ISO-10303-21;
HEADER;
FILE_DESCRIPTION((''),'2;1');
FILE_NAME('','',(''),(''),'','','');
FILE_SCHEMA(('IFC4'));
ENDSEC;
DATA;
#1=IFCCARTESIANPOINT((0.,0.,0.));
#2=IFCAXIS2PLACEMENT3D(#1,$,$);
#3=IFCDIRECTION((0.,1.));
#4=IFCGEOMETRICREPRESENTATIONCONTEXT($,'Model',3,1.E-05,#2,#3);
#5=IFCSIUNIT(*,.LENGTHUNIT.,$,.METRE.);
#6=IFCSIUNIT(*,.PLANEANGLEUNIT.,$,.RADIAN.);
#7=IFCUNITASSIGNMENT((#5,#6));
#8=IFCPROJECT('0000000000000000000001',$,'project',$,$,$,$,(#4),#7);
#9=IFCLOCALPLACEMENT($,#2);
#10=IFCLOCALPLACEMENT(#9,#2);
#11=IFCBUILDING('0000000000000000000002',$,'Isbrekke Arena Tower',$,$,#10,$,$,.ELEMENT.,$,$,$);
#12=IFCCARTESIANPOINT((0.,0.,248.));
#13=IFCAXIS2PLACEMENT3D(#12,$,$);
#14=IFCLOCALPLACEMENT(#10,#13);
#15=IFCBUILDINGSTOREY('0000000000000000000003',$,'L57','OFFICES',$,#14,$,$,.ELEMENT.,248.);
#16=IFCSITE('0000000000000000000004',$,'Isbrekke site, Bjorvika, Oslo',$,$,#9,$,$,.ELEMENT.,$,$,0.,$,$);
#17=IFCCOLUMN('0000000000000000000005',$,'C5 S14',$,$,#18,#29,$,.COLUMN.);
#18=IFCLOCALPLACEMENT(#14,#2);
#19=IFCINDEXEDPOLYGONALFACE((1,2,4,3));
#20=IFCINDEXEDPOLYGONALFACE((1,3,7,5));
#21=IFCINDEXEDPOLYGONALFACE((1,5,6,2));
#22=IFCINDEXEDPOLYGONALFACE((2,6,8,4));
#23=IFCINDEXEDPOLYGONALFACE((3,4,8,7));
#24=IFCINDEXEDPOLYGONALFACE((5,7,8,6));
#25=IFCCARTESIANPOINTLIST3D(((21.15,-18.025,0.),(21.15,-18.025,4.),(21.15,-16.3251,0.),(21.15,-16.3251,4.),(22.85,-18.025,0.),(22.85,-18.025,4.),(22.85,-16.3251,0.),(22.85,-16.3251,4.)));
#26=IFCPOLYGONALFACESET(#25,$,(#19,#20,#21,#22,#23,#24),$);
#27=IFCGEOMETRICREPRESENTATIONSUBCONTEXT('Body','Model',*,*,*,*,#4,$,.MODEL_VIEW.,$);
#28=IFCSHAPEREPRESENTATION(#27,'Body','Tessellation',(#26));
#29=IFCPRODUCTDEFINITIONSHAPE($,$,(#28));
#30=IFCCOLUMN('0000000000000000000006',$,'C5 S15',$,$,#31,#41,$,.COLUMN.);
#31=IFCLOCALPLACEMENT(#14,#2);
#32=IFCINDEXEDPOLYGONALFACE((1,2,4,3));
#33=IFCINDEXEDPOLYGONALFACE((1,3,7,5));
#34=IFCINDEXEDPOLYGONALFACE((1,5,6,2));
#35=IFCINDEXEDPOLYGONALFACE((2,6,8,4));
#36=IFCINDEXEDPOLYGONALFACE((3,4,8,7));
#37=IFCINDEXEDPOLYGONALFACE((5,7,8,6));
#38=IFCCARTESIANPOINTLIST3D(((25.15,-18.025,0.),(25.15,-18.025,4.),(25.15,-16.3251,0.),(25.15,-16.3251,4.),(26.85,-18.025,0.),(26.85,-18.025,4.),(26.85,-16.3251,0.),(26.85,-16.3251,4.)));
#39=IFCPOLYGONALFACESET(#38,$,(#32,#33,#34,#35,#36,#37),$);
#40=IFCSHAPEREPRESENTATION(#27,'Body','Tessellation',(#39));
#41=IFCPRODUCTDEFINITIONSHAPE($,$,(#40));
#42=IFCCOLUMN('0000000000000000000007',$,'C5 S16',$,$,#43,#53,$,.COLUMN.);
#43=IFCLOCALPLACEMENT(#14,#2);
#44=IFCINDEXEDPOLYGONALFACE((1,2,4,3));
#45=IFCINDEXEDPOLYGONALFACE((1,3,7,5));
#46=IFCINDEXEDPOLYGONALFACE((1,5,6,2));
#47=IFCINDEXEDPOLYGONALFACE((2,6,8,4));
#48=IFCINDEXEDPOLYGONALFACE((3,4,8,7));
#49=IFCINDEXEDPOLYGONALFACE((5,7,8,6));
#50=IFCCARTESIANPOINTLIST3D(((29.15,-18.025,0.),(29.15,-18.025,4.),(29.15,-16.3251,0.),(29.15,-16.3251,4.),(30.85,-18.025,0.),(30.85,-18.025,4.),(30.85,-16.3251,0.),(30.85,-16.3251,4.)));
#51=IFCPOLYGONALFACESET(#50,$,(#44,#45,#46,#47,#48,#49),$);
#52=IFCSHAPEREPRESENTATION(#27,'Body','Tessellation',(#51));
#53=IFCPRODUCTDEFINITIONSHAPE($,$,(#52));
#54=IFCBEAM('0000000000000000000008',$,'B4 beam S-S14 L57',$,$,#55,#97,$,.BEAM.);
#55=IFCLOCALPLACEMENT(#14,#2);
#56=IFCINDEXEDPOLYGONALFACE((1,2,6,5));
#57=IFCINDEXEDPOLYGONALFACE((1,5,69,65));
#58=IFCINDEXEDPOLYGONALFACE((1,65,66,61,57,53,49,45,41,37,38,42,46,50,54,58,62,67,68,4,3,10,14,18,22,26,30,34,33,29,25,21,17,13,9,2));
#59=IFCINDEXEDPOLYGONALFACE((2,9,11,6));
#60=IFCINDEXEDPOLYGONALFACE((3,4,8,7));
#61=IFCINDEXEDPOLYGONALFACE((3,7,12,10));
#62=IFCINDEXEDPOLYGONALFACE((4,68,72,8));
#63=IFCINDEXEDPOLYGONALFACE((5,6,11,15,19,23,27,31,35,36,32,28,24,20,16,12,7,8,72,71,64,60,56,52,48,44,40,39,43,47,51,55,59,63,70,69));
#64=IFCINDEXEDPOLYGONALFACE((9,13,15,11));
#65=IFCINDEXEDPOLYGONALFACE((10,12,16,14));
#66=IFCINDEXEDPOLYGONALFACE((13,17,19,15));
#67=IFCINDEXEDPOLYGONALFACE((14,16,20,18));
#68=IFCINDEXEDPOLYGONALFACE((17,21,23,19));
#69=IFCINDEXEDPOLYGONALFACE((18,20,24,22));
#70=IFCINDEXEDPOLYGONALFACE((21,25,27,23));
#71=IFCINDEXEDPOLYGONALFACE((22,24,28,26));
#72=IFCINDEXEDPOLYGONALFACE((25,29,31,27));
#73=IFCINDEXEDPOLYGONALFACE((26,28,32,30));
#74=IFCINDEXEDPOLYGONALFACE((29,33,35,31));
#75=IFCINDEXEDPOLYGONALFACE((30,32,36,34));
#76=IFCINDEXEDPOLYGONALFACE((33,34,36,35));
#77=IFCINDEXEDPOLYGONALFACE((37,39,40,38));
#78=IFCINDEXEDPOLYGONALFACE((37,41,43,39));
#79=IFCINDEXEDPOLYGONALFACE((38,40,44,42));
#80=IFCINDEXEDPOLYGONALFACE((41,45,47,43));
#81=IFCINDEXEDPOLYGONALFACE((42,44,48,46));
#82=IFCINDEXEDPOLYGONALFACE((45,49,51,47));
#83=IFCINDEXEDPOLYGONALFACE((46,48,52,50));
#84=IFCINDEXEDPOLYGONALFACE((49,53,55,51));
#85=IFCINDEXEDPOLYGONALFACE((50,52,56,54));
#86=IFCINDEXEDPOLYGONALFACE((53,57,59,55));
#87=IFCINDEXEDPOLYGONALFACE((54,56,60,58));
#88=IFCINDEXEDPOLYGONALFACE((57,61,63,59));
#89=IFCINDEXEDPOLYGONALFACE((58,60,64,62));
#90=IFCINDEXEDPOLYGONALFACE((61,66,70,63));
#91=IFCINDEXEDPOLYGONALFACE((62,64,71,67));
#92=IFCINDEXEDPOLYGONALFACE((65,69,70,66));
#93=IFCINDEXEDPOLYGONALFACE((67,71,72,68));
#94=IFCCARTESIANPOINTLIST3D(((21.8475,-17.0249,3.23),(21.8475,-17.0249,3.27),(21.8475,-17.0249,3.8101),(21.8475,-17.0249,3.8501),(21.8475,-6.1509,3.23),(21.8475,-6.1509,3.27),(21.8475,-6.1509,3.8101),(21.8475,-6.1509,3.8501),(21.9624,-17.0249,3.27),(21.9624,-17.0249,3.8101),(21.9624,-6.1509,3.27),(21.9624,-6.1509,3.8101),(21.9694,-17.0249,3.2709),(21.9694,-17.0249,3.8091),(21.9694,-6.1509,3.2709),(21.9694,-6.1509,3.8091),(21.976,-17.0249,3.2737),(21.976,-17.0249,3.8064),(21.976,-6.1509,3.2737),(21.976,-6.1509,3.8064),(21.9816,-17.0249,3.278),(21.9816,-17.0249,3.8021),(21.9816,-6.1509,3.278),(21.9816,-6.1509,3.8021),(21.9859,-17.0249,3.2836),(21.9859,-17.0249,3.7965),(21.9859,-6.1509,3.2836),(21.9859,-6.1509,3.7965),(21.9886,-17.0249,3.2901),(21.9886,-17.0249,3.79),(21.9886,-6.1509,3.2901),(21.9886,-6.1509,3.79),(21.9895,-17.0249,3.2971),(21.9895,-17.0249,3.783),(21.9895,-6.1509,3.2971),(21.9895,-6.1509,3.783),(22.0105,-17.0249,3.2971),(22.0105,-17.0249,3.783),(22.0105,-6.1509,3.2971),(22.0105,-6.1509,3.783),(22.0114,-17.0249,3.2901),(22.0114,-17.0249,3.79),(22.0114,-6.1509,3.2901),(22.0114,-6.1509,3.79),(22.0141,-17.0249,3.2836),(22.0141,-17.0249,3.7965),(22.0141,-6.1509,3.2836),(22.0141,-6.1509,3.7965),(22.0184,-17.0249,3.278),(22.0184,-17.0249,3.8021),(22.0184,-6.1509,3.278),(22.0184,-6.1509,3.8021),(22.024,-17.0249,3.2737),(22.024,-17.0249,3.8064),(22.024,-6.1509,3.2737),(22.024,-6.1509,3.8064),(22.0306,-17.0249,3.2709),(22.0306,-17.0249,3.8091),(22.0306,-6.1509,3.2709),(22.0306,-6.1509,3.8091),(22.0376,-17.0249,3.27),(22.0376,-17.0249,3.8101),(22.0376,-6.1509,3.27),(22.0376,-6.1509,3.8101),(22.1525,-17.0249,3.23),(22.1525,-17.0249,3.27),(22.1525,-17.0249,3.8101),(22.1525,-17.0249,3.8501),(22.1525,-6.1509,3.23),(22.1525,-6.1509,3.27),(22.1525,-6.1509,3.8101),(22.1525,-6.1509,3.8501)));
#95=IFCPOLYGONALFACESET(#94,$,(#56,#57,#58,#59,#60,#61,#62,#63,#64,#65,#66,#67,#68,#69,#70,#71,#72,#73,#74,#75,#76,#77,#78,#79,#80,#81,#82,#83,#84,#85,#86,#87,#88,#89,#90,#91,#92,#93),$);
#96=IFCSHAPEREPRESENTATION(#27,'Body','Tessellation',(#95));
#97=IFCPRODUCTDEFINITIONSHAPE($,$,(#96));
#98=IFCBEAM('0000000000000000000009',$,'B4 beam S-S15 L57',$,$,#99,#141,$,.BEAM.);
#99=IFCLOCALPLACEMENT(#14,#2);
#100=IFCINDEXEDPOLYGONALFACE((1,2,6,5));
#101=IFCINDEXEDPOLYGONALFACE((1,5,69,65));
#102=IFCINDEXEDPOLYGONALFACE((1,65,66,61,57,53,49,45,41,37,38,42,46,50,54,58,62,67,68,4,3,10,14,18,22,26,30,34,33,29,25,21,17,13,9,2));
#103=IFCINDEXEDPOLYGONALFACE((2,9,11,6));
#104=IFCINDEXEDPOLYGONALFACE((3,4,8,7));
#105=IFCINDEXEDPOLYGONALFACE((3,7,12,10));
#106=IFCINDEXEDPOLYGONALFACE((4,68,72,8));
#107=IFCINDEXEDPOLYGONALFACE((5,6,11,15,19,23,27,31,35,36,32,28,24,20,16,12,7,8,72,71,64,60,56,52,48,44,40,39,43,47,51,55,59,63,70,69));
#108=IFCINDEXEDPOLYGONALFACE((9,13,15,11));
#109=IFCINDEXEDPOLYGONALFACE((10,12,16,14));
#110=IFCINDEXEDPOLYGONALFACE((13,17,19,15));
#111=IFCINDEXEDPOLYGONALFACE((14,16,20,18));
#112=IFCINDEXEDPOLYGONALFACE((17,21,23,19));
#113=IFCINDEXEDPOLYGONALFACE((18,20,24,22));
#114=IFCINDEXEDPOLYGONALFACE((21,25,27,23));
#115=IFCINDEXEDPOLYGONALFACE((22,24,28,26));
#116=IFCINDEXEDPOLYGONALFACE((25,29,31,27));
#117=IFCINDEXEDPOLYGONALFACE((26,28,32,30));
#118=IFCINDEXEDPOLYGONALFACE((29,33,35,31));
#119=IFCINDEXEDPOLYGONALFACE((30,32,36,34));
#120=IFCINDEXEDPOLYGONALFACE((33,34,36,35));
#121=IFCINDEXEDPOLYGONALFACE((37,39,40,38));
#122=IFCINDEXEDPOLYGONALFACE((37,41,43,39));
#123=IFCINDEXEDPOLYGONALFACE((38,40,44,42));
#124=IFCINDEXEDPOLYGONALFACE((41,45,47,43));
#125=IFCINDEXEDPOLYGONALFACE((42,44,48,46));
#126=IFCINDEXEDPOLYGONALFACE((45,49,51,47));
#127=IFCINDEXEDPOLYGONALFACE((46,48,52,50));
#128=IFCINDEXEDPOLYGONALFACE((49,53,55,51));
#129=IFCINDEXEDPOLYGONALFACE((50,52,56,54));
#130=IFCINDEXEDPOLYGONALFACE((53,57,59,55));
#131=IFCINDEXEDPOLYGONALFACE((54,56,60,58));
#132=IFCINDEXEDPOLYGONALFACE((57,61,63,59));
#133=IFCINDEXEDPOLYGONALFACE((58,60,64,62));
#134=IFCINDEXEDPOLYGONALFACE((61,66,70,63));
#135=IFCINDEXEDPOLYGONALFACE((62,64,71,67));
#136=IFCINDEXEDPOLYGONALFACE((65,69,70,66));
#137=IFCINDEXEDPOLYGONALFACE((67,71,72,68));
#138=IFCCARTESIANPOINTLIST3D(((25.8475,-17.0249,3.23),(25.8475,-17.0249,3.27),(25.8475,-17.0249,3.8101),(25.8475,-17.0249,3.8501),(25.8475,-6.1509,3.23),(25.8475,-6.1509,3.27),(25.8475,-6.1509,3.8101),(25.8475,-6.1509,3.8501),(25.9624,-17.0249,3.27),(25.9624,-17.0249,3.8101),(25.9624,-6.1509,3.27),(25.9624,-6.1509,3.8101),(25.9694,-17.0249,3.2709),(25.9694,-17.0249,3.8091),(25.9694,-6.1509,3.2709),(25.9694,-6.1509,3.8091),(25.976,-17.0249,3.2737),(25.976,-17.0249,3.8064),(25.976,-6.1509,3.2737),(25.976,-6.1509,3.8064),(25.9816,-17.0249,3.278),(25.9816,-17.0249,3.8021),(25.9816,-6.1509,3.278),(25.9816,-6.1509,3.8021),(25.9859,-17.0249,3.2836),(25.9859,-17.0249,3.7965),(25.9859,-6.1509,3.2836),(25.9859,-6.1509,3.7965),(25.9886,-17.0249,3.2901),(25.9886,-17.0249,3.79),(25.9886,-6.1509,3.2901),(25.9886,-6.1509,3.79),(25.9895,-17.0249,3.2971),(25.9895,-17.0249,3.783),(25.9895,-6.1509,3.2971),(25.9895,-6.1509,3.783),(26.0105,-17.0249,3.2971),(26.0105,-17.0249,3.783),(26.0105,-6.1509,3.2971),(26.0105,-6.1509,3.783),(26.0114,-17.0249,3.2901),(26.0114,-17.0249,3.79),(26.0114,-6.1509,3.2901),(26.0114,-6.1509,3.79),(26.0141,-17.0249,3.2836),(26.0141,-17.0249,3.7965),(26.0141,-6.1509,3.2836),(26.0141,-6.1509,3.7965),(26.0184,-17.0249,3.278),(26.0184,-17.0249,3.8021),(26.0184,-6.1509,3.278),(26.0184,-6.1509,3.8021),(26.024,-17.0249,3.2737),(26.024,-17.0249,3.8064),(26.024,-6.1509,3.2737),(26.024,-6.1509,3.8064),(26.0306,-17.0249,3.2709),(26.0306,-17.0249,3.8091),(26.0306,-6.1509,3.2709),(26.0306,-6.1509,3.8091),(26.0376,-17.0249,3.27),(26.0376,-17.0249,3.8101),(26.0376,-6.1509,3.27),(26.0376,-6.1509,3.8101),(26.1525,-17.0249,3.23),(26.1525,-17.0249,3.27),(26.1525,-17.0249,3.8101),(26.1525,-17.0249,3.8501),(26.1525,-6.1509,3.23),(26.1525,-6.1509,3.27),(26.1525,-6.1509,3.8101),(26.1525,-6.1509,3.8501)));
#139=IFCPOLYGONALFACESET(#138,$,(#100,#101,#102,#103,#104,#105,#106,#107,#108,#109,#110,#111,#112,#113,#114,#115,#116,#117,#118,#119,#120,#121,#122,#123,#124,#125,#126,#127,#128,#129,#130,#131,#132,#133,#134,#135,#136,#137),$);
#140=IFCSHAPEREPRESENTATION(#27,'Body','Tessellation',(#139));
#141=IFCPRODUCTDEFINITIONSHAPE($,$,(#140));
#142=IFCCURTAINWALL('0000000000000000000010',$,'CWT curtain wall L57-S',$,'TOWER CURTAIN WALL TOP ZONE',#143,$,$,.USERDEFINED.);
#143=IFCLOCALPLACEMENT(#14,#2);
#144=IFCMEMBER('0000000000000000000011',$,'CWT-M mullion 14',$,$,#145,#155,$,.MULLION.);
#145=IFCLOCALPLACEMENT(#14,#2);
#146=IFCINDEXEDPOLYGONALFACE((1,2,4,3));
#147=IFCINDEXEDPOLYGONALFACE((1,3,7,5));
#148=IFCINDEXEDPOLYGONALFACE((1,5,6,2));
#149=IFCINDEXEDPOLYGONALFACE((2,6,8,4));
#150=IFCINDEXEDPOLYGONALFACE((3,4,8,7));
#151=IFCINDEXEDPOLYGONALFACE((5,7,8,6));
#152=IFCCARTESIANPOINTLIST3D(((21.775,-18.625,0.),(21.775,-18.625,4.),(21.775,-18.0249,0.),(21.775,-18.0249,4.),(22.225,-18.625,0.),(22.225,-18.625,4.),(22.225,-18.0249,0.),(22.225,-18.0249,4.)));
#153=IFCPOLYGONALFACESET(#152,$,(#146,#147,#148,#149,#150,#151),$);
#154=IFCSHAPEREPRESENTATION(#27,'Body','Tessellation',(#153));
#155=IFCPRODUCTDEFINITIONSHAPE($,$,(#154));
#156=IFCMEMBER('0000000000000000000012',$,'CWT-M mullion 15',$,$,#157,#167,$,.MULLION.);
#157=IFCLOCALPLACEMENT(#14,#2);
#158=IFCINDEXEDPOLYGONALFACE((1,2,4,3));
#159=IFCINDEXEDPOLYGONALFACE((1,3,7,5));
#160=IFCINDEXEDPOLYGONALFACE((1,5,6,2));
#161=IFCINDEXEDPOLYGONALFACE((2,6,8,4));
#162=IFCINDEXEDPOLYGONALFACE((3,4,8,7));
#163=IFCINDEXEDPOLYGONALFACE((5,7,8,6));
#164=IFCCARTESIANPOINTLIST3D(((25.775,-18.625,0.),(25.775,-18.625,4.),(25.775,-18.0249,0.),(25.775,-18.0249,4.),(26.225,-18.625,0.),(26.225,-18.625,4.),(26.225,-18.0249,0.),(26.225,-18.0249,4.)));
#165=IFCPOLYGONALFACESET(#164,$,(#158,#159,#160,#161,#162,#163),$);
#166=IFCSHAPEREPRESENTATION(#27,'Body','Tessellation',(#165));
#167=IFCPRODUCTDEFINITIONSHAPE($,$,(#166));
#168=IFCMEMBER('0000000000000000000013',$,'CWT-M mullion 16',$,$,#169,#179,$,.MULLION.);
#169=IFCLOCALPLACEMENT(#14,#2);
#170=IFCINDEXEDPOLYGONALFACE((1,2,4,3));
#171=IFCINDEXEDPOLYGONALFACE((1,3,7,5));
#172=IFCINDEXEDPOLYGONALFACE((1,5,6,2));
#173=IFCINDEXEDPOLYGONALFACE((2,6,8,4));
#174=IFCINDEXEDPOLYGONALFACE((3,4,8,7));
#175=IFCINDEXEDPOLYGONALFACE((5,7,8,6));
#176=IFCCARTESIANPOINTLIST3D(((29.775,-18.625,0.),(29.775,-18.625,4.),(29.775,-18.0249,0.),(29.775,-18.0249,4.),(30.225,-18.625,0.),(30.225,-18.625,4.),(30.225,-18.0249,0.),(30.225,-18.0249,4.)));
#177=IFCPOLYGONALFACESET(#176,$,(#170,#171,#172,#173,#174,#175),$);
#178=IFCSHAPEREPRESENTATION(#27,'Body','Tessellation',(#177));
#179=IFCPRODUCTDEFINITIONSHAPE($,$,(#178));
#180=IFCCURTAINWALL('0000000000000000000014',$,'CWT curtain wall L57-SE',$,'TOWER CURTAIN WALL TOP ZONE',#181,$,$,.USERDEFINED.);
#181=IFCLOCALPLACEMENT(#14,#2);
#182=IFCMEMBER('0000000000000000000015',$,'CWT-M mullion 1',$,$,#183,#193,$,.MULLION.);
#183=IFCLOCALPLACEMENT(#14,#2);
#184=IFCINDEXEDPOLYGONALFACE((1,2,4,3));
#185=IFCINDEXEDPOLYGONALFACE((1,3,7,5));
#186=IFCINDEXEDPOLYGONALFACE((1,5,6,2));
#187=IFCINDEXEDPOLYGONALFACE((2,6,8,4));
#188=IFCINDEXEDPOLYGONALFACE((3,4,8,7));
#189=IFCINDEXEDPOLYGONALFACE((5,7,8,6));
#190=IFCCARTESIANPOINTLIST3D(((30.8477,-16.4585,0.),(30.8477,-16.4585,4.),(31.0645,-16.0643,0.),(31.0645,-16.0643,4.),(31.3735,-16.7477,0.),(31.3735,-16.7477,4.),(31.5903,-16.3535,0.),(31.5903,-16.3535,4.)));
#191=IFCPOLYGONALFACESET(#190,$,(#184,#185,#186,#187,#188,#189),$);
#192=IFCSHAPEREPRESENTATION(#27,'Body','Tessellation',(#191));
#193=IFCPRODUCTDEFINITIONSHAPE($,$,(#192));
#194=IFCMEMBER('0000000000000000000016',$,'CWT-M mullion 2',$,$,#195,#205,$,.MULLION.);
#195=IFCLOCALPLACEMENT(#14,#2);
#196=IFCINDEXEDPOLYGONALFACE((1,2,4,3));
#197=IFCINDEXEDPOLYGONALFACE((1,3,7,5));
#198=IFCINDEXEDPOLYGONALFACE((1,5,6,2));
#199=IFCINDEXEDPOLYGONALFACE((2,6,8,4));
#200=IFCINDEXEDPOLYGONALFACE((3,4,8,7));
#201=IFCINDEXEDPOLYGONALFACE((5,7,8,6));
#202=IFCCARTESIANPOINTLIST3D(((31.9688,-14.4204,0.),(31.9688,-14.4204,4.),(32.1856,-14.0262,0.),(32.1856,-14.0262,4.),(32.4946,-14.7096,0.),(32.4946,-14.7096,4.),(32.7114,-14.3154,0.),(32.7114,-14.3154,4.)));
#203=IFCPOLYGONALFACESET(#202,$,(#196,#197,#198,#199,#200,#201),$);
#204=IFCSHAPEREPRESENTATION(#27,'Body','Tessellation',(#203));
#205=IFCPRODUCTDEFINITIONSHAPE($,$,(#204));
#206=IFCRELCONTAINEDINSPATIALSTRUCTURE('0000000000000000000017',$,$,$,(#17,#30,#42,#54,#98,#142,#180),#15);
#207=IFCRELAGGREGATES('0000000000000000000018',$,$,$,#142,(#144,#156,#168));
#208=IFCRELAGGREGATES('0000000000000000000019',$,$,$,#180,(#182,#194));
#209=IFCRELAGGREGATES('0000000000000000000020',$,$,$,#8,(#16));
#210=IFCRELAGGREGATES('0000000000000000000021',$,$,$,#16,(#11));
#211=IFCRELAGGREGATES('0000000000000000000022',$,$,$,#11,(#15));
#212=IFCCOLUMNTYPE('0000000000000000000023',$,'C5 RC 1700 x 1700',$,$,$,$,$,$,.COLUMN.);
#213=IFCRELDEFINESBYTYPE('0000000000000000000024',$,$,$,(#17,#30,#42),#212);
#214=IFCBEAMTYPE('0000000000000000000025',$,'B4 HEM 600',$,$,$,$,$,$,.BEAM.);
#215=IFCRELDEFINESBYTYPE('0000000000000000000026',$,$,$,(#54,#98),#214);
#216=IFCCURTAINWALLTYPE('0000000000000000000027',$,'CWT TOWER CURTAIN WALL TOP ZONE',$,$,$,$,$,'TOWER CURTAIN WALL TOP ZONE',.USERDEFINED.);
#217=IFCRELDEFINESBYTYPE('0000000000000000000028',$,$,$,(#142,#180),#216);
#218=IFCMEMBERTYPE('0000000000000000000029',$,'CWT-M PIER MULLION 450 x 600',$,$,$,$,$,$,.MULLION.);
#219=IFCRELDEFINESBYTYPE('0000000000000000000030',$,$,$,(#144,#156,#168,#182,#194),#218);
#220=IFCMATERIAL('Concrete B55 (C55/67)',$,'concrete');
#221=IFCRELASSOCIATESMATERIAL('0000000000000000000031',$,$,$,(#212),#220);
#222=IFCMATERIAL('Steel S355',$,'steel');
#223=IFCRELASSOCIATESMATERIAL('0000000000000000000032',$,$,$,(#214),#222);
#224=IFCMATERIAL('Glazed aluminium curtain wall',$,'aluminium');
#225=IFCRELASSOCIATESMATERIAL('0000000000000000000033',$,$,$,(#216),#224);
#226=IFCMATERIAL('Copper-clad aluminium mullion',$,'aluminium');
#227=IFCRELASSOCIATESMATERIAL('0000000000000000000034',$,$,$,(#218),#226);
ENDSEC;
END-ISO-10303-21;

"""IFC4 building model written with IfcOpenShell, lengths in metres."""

from ifc_helpers import new_model, si_unit, direction, frame, origin, origin_2d, place, context, subcontext, project, spatial, rectangle, i_section, extrude, material, material_profile, profile_set, type_object, element, aggregate, save


model = new_model("IFC4")

# Units and contexts
model_context = context("Model", 3, precision=1e-05, world=origin(), true_north=direction((0.0, 1.0)))
body_context = subcontext(model_context, "Body", "Model", "MODEL_VIEW")
ifc_project = project(units=[si_unit("LENGTHUNIT", "METRE"), si_unit("PLANEANGLEUNIT", "RADIAN")], contexts=[model_context])

# Site, building, storey
site_placement = place(None, origin())
site = spatial("IfcSite", under=ifc_project, at=site_placement, Name="Isbrekke site, Bjorvika, Oslo", CompositionType="ELEMENT", RefElevation=0.0)
building_placement = place(site_placement, origin())
building = spatial("IfcBuilding", under=site, at=building_placement, Name="Isbrekke Arena Tower", CompositionType="ELEMENT")
storey_placement = place(building_placement, frame((0.0, 0.0, 248.0)))
storey = spatial("IfcBuildingStorey", under=building, at=storey_placement, Name="L57", Description="OFFICES", CompositionType="ELEMENT", Elevation=248.0)

# Columns
ifc_material_1 = material(Name="Concrete B55 (C55/67)", Category="concrete")
ifc_material_profile_1 = material_profile(ifc_material_1, rectangle(XDim=1.7, YDim=1.7, at=origin_2d()), Name="RC 1700x1700")
ifc_profile_set_1 = profile_set([ifc_material_profile_1], Name="Concrete B55 (C55/67)")
column_type = type_object("IfcColumnType", Name="C5 RC 1700 x 1700", PredefinedType="COLUMN", material=ifc_profile_set_1)
for number, where, z_axis, x_axis, name in (
    (1, (22.0, -17.175, 0.0), (0.0, 0.0, 1.0), (1.0, 0.0, 0.0), "C5 S14"),
    (2, (26.0, -17.175, 0.0), (0.0, 0.0, 1.0), (1.0, 0.0, 0.0), "C5 S15"),
    (3, (30.0, -17.175, 0.0), (0.0, 0.0, 1.0), (1.0, 0.0, 0.0), "C5 S16"),
):
    element("IfcColumn", number, at=place(storey_placement, frame(where, z_axis=z_axis, x_axis=x_axis)), inside=storey, type_object=column_type, Name=name, PredefinedType="COLUMN", context=body_context, shape_type="SweptSolid", body=[
        extrude(rectangle(XDim=1.7, YDim=1.7, at=origin_2d()), origin(), (0.0, 0.0, 1.0), 4.0),
    ])

# Beams
ifc_material_2 = material(Name="Steel S355", Category="steel")
ifc_material_profile_2 = material_profile(ifc_material_2, i_section(OverallWidth=0.3049, OverallDepth=0.6201, WebThickness=0.021, FlangeThickness=0.04, FilletRadius=0.0271, at=origin_2d()), Name="HEM 600")
ifc_profile_set_2 = profile_set([ifc_material_profile_2], Name="Steel S355")
beam_type_1 = type_object("IfcBeamType", Name="B4 HEM 600", PredefinedType="BEAM", material=ifc_profile_set_2)
for number, where, z_axis, x_axis, name in (
    (4, (22.0, -17.0249, 3.54), (0.0, 1.0, 0.0), (-1.0, 0.0, 0.0), "B4 beam S-S14 L57"),
    (5, (26.0, -17.0249, 3.54), (0.0, 1.0, 0.0), (-1.0, 0.0, 0.0), "B4 beam S-S15 L57"),
):
    element("IfcBeam", number, at=place(storey_placement, frame(where, z_axis=z_axis, x_axis=x_axis)), inside=storey, type_object=beam_type_1, Name=name, PredefinedType="BEAM", context=body_context, shape_type="SweptSolid", body=[
        extrude(i_section(OverallWidth=0.3049, OverallDepth=0.6201, WebThickness=0.021, FlangeThickness=0.04, FilletRadius=0.0271, at=origin_2d()), origin(), (0.0, 0.0, 1.0), 10.874),
    ])

# Curtain walls, members
ifc_material_3 = material(Name="Glazed aluminium curtain wall", Category="aluminium")
curtain_wall_type = type_object("IfcCurtainWallType", Name="CWT TOWER CURTAIN WALL TOP ZONE", ElementType="TOWER CURTAIN WALL TOP ZONE", PredefinedType="USERDEFINED", material=ifc_material_3)
curtain_wall_1_placement = place(storey_placement, origin())
curtain_wall_1 = element("IfcCurtainWall", 6, at=curtain_wall_1_placement, inside=storey, type_object=curtain_wall_type, Name="CWT curtain wall L57-S", ObjectType="TOWER CURTAIN WALL TOP ZONE", PredefinedType="USERDEFINED")
ifc_material_4 = material(Name="Copper-clad aluminium mullion", Category="aluminium")
ifc_material_profile_3 = material_profile(ifc_material_4, rectangle(XDim=0.45, YDim=0.6001, at=origin_2d()), Name="PIER 450X600")
ifc_profile_set_3 = profile_set([ifc_material_profile_3], Name="Copper-clad aluminium mullion")
member_type_1 = type_object("IfcMemberType", Name="CWT-M PIER MULLION 450 x 600", PredefinedType="MULLION", material=ifc_profile_set_3)
member_1_placement = place(storey_placement, frame((22.0, -18.325, 0.0), z_axis=(0.0, 0.0, 1.0), x_axis=(1.0, 0.0, 0.0)))
member_1 = element("IfcMember", 7, at=member_1_placement, type_object=member_type_1, Name="CWT-M mullion 14", PredefinedType="MULLION", context=body_context, shape_type="SweptSolid", body=[
    extrude(rectangle(XDim=0.45, YDim=0.6001, at=origin_2d()), origin(), (0.0, 0.0, 1.0), 4.0),
])
member_2_placement = place(storey_placement, frame((26.0, -18.325, 0.0), z_axis=(0.0, 0.0, 1.0), x_axis=(1.0, 0.0, 0.0)))
member_2 = element("IfcMember", 8, at=member_2_placement, type_object=member_type_1, Name="CWT-M mullion 15", PredefinedType="MULLION", context=body_context, shape_type="SweptSolid", body=[
    extrude(rectangle(XDim=0.45, YDim=0.6001, at=origin_2d()), origin(), (0.0, 0.0, 1.0), 4.0),
])
member_3_placement = place(storey_placement, frame((30.0, -18.325, 0.0), z_axis=(0.0, 0.0, 1.0), x_axis=(1.0, 0.0, 0.0)))
member_3 = element("IfcMember", 9, at=member_3_placement, type_object=member_type_1, Name="CWT-M mullion 16", PredefinedType="MULLION", context=body_context, shape_type="SweptSolid", body=[
    extrude(rectangle(XDim=0.45, YDim=0.6001, at=origin_2d()), origin(), (0.0, 0.0, 1.0), 4.0),
])
curtain_wall_2_placement = place(storey_placement, origin())
curtain_wall_2 = element("IfcCurtainWall", 10, at=curtain_wall_2_placement, inside=storey, type_object=curtain_wall_type, Name="CWT curtain wall L57-SE", ObjectType="TOWER CURTAIN WALL TOP ZONE", PredefinedType="USERDEFINED")
member_4_placement = place(storey_placement, frame((31.219, -16.406, 0.0), z_axis=(0.0, 0.0, 1.0), x_axis=(0.481919, 0.876216, 0.0)))
member_4 = element("IfcMember", 11, at=member_4_placement, type_object=member_type_1, Name="CWT-M mullion 1", PredefinedType="MULLION", context=body_context, shape_type="SweptSolid", body=[
    extrude(rectangle(XDim=0.45, YDim=0.6001, at=origin_2d()), origin(), (0.0, 0.0, 1.0), 4.0),
])
member_5_placement = place(storey_placement, frame((32.3401, -14.3679, 0.0), z_axis=(0.0, 0.0, 1.0), x_axis=(0.481919, 0.876216, 0.0)))
member_5 = element("IfcMember", 12, at=member_5_placement, type_object=member_type_1, Name="CWT-M mullion 2", PredefinedType="MULLION", context=body_context, shape_type="SweptSolid", body=[
    extrude(rectangle(XDim=0.45, YDim=0.6001, at=origin_2d()), origin(), (0.0, 0.0, 1.0), 4.0),
])

aggregate(curtain_wall_1, [member_1, member_2, member_3])
aggregate(curtain_wall_2, [member_4, member_5])

save(model, "model.ifc")
